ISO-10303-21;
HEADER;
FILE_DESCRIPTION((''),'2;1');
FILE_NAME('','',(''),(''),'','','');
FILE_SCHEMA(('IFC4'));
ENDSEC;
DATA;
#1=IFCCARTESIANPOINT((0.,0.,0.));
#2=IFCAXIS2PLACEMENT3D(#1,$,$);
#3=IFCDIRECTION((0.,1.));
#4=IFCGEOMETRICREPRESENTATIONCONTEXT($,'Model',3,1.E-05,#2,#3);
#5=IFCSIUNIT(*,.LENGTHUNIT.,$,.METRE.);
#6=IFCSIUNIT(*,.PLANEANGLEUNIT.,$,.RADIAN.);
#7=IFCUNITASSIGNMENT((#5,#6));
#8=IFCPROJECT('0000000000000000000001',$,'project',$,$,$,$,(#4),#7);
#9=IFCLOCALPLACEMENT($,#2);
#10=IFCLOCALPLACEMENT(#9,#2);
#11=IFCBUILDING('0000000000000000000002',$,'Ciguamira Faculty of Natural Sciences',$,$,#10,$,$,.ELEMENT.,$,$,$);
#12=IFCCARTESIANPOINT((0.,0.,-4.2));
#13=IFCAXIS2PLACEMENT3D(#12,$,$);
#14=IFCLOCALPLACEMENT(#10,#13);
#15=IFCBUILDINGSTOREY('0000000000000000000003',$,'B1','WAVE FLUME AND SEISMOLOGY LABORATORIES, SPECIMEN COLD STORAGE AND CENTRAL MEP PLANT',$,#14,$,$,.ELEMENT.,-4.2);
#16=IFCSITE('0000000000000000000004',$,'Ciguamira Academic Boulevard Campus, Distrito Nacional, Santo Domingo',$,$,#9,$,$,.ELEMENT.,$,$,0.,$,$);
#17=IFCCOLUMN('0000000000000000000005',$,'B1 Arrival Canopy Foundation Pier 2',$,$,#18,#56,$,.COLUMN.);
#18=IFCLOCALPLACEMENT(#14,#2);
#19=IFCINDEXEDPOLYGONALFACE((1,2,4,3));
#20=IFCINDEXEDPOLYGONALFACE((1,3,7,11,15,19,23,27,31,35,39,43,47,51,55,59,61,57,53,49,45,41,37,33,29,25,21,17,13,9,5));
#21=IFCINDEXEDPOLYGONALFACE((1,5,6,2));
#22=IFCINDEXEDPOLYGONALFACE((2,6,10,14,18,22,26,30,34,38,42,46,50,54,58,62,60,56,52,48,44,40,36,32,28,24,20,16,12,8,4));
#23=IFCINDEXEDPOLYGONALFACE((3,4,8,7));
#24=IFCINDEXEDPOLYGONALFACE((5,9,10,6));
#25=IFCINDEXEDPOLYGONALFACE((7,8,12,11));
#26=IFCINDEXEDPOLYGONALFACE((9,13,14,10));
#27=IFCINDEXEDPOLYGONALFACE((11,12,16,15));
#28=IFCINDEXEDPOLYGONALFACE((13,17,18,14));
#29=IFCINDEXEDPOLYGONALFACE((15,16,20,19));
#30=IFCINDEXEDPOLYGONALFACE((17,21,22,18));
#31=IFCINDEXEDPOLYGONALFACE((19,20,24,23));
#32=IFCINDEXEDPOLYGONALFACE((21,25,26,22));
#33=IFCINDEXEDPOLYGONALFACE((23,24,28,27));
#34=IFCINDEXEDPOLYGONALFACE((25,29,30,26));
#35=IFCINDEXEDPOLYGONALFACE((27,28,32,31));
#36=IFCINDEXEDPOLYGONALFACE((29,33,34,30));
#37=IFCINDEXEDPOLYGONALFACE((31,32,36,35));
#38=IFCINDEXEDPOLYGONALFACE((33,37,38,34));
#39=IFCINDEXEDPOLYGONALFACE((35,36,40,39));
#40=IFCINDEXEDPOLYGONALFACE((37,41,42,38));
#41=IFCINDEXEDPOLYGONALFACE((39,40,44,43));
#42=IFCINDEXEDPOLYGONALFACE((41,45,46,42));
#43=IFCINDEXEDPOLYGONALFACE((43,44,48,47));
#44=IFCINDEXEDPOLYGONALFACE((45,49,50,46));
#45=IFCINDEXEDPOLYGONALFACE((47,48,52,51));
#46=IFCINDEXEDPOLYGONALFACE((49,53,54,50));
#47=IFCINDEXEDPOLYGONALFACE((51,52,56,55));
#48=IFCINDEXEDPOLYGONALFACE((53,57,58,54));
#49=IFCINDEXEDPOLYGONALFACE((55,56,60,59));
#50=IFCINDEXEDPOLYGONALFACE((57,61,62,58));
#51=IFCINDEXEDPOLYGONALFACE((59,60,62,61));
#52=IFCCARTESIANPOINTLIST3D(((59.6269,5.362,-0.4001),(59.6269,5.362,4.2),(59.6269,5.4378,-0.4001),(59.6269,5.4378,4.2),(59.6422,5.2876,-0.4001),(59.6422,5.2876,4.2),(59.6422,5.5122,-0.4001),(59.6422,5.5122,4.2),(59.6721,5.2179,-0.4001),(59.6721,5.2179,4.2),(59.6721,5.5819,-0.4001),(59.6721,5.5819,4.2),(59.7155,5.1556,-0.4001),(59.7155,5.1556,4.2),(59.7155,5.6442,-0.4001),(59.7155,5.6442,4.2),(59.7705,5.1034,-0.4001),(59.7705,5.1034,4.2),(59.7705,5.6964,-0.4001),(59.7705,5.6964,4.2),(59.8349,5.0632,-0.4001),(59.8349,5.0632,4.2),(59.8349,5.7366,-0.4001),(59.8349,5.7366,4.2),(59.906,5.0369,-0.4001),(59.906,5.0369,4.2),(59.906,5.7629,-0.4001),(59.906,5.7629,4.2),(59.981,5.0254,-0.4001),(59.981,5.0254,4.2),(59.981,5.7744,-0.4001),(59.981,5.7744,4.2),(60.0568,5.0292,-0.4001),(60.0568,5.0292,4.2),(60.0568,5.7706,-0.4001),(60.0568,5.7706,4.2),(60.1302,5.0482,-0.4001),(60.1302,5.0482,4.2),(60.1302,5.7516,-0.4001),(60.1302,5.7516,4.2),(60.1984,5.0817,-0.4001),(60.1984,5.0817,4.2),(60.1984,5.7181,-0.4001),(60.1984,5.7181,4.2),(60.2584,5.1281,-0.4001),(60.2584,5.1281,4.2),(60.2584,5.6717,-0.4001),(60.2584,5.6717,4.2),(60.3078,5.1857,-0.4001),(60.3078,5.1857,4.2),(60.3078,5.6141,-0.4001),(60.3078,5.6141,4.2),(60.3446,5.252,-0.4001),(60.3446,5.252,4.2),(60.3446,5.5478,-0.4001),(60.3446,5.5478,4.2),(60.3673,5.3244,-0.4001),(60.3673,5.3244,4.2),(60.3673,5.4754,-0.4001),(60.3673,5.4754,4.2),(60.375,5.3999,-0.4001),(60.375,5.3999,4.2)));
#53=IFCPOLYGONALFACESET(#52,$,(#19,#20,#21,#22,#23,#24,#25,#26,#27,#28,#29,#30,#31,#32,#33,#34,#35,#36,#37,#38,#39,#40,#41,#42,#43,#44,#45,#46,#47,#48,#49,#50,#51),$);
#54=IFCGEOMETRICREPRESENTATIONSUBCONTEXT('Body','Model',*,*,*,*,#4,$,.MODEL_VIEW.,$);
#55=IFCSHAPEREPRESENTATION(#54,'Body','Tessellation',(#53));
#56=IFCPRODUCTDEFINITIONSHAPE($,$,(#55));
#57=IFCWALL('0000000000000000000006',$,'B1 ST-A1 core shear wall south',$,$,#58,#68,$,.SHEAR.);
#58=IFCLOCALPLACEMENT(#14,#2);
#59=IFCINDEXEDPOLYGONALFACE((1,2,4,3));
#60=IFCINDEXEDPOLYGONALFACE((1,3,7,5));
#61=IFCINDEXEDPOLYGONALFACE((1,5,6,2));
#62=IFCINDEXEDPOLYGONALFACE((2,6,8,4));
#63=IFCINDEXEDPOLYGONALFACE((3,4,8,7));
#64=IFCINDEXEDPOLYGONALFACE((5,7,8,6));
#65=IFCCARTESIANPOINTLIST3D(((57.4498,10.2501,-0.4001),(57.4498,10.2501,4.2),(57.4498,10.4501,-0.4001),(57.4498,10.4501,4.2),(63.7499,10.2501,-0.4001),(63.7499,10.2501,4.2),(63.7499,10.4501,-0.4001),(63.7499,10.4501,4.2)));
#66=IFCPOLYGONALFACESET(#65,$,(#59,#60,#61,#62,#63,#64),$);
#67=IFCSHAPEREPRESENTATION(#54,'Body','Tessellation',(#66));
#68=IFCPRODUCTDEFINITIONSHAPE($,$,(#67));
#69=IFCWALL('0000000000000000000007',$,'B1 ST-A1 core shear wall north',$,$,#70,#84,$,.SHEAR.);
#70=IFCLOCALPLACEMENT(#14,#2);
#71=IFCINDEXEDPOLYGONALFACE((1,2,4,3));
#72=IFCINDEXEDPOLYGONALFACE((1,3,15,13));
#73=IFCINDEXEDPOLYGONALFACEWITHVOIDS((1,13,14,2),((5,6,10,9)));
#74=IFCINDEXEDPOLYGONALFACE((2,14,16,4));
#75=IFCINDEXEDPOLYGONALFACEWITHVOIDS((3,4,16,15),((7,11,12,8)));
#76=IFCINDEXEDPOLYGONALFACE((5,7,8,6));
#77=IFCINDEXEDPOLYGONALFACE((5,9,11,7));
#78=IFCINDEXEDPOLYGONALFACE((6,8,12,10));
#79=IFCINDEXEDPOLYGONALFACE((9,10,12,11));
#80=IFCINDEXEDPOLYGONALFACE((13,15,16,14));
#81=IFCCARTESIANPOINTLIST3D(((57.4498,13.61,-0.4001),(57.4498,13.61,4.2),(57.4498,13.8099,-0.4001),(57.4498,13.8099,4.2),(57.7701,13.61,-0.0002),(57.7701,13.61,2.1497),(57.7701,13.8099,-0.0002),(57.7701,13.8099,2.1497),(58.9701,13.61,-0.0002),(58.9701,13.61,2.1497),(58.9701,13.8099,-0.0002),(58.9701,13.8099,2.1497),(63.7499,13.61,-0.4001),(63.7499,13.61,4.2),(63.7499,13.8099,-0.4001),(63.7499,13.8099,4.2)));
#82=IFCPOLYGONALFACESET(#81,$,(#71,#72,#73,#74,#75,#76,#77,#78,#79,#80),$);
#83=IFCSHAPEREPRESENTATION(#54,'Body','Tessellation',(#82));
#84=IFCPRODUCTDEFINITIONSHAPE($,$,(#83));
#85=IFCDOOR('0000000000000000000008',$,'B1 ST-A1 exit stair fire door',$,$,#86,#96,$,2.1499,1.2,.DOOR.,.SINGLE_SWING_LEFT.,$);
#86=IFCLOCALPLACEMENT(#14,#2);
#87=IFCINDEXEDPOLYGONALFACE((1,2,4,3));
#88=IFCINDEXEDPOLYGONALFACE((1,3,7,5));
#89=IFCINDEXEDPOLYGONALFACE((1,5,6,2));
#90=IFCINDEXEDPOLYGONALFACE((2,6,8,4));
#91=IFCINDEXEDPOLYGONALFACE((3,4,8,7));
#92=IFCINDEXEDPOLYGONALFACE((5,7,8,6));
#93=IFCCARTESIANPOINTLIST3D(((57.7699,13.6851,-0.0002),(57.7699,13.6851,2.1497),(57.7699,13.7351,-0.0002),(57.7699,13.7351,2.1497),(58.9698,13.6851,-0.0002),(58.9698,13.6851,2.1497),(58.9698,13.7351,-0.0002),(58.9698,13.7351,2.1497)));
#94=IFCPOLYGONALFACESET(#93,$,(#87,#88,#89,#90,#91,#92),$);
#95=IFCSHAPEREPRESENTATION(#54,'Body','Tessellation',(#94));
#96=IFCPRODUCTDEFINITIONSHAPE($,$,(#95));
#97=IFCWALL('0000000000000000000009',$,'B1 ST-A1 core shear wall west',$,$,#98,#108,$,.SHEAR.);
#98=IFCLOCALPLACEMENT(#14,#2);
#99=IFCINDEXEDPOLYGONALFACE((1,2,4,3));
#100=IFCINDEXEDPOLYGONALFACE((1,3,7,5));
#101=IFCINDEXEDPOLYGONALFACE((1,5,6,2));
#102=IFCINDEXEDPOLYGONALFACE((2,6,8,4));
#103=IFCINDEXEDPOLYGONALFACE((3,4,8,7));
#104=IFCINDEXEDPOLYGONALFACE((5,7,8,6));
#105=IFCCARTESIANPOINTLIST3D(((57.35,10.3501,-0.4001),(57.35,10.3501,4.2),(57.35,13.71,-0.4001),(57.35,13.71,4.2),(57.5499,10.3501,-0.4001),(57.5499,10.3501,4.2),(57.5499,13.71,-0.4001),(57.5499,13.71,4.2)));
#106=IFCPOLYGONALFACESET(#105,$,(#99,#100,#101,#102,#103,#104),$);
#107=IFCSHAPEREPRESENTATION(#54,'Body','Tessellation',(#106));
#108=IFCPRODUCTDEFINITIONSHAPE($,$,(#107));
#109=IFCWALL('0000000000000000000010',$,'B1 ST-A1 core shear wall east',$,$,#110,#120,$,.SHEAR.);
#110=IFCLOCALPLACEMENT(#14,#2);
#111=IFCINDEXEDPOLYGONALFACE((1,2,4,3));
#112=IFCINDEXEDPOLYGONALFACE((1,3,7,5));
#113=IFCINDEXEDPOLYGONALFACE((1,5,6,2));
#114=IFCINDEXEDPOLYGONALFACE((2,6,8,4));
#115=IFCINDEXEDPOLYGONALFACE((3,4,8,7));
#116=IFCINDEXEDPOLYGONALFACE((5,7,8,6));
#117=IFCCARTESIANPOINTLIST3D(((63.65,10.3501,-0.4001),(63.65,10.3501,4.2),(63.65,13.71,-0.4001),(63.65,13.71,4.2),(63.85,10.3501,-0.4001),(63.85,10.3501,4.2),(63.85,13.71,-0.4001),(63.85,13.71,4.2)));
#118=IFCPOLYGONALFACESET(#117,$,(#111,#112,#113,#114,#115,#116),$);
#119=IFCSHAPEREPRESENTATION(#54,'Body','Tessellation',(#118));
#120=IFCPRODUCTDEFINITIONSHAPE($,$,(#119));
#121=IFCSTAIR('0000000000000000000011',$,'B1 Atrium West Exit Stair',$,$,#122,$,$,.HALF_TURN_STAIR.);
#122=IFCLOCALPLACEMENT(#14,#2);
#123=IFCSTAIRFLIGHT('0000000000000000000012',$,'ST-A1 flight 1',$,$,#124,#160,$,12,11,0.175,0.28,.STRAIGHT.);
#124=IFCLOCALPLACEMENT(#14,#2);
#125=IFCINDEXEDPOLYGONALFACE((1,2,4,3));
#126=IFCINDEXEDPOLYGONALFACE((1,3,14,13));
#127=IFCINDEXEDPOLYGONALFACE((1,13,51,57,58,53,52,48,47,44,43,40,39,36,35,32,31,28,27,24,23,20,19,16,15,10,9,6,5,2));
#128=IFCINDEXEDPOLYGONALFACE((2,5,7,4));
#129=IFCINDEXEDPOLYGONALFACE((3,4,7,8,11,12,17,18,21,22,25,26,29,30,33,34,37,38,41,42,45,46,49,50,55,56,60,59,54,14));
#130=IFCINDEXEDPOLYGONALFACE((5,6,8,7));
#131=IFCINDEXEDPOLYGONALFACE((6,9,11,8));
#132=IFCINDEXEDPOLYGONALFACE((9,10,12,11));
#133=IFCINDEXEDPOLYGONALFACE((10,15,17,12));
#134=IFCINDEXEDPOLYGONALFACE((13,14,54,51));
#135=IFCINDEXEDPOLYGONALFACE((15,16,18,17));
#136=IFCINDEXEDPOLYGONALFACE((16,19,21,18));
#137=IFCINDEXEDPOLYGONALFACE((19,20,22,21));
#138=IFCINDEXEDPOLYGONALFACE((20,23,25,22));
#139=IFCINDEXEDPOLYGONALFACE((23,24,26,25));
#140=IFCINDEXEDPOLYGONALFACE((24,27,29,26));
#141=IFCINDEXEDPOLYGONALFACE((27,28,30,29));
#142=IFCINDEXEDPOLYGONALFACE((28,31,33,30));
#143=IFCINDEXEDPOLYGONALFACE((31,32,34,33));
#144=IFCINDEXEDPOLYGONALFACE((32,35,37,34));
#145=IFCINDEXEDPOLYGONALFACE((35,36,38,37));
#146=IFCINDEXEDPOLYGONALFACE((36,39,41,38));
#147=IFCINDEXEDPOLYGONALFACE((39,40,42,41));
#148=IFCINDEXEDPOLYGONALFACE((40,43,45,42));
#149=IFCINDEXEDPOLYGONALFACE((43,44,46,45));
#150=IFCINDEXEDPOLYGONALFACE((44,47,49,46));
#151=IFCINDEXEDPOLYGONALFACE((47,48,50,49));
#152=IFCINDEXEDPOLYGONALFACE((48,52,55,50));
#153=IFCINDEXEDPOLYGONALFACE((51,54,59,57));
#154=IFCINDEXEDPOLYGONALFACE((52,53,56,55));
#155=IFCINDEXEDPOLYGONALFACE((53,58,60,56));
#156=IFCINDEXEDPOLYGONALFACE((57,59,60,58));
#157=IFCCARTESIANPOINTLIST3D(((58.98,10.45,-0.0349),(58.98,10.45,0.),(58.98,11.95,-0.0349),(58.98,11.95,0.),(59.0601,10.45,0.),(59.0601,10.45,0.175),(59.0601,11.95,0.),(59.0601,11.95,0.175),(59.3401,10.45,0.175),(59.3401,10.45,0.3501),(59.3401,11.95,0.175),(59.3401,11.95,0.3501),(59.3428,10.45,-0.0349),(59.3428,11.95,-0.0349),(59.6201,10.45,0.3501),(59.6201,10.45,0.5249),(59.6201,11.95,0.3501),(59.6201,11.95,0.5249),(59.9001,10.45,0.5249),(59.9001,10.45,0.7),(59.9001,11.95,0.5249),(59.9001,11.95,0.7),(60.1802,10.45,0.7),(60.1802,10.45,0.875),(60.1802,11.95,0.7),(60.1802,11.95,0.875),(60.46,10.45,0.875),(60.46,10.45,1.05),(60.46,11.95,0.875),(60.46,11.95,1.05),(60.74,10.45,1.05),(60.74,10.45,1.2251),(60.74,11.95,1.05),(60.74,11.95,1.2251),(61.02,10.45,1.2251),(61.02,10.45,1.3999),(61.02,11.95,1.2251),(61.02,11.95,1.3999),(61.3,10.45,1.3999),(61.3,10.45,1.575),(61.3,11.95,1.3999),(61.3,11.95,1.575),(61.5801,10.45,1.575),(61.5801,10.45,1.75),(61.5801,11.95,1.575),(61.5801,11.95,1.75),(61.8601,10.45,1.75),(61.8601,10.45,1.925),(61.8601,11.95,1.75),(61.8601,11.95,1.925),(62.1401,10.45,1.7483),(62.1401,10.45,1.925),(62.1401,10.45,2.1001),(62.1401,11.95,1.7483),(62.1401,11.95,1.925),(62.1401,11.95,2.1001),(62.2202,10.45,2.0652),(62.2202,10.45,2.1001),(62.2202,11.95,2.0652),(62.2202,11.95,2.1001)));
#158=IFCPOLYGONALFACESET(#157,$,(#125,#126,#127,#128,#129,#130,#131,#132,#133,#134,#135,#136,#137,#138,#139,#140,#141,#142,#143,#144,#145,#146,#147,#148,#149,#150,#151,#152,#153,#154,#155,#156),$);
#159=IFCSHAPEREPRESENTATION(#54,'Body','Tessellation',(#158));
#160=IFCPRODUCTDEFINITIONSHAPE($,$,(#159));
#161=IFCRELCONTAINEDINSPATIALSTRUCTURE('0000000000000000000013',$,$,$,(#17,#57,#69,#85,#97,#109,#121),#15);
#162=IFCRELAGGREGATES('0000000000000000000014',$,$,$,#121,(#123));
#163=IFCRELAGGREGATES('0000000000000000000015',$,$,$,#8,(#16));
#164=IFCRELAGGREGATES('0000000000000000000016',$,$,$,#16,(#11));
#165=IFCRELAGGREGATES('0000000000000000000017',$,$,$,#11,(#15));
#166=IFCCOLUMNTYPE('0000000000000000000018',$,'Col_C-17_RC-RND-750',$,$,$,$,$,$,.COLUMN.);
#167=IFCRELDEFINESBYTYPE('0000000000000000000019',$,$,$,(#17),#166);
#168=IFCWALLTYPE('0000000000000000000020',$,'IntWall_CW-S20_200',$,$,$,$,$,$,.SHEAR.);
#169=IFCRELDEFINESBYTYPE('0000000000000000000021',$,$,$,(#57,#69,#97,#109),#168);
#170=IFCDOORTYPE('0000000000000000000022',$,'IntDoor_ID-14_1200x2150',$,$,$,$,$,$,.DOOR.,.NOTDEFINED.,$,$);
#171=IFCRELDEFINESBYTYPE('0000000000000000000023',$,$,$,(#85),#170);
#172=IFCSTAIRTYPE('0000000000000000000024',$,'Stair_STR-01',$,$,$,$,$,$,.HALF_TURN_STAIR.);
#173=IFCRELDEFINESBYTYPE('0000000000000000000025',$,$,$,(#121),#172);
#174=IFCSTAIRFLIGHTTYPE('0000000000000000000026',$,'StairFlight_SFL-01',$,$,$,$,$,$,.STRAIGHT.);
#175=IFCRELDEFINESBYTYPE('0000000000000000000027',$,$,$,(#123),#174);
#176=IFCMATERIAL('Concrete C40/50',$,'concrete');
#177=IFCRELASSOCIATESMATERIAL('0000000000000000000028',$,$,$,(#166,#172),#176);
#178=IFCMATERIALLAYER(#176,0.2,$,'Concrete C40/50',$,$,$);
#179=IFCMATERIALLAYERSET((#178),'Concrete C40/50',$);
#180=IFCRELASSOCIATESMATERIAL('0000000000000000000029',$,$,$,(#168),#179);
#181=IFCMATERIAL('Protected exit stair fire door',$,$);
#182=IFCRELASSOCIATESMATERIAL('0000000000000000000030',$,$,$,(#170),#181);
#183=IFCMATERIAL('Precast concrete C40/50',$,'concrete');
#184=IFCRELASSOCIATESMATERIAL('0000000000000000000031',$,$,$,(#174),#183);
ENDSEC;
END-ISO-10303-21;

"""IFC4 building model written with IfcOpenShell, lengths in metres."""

from ifc_helpers import new_model, si_unit, direction, frame, frame_2d, origin, origin_2d, place, context, subcontext, project, spatial, polyline, rectangle, circle, outline, extrude, material, layer, layer_set, material_profile, profile_set, type_object, element, fill, aggregate, save


model = new_model("IFC4")

# Units and contexts
model_context = context("Model", 3, precision=1e-05, world=origin(), true_north=direction((0.0, 1.0)))
body_context = subcontext(model_context, "Body", "Model", "MODEL_VIEW")
ifc_project = project(units=[si_unit("LENGTHUNIT", "METRE"), si_unit("PLANEANGLEUNIT", "RADIAN")], contexts=[model_context])

# Site, building, storey
site_placement = place(None, origin())
site = spatial("IfcSite", under=ifc_project, at=site_placement, Name="Ciguamira Academic Boulevard Campus, Distrito Nacional, Santo Domingo", CompositionType="ELEMENT", RefElevation=0.0)
building_placement = place(site_placement, origin())
building = spatial("IfcBuilding", under=site, at=building_placement, Name="Ciguamira Faculty of Natural Sciences", CompositionType="ELEMENT")
storey_placement = place(building_placement, frame((0.0, 0.0, -4.2)))
storey = spatial("IfcBuildingStorey", under=building, at=storey_placement, Name="B1", Description="WAVE FLUME AND SEISMOLOGY LABORATORIES, SPECIMEN COLD STORAGE AND CENTRAL MEP PLANT", CompositionType="ELEMENT", Elevation=-4.2)

# Column
ifc_material_1 = material(Name="Concrete C40/50", Category="concrete")
ifc_material_profile_1 = material_profile(ifc_material_1, circle(Radius=0.375, at=origin_2d()), Name="RC-RND-750")
ifc_profile_set_1 = profile_set([ifc_material_profile_1], Name="Concrete C40/50")
column_type_1 = type_object("IfcColumnType", Name="Col_C-17_RC-RND-750", PredefinedType="COLUMN", material=ifc_profile_set_1)
column_1_placement = place(storey_placement, frame((60.0, 5.3999, -0.4001), z_axis=(0.0, 0.0, 1.0), x_axis=(1.0, 0.0, 0.0)))
element("IfcColumn", 1, at=column_1_placement, inside=storey, type_object=column_type_1, Name="B1 Arrival Canopy Foundation Pier 2", PredefinedType="COLUMN", context=body_context, shape_type="SweptSolid", body=[
    extrude(circle(Radius=0.375, at=origin_2d()), origin(), (0.0, 0.0, 1.0), 4.6001),
])

# Wall
ifc_layer = layer(ifc_material_1, 0.2, Name="Concrete C40/50")
ifc_layer_set = layer_set([ifc_layer], Name="Concrete C40/50")
wall_type = type_object("IfcWallType", Name="IntWall_CW-S20_200", PredefinedType="SHEAR", material=ifc_layer_set)
wall_1_placement = place(storey_placement, frame((57.45, 10.3501, -0.4001), z_axis=(0.0, 0.0, 1.0), x_axis=(1.0, 0.0, 0.0)))
element("IfcWall", 2, at=wall_1_placement, inside=storey, type_object=wall_type, Name="B1 ST-A1 core shear wall south", PredefinedType="SHEAR", context=body_context, shape_type="SweptSolid", body=[
    extrude(rectangle(XDim=6.3, YDim=0.2, at=frame_2d((3.1499, 0.0))), origin(), (0.0, 0.0, 1.0), 4.6001),
])

# Wall, opening, door
wall_2_placement = place(storey_placement, frame((57.45, 13.71, -0.4001), z_axis=(0.0, 0.0, 1.0), x_axis=(1.0, 0.0, 0.0)))
wall_2 = element("IfcWall", 3, at=wall_2_placement, inside=storey, type_object=wall_type, Name="B1 ST-A1 core shear wall north", PredefinedType="SHEAR", context=body_context, shape_type="SweptSolid", body=[
    extrude(rectangle(XDim=6.3, YDim=0.2, at=frame_2d((3.1499, 0.0))), origin(), (0.0, 0.0, 1.0), 4.6001),
])
opening_placement = place(wall_2_placement, frame((0.3201, 0.0, 0.3999)))
opening = element("IfcOpeningElement", 4, at=opening_placement, cuts=wall_2, PredefinedType="OPENING", context=body_context, shape_type="SweptSolid", body=[
    extrude(rectangle(XDim=1.2, YDim=2.1499, at=frame_2d((0.6001, 1.075))), frame((0.0, 0.1099, 0.0), z_axis=(0.0, -1.0, 0.0), x_axis=(1.0, 0.0, 0.0)), (0.0, 0.0, 1.0), 0.22),
])
ifc_material_2 = material(Name="Protected exit stair fire door")
door_type = type_object("IfcDoorType", Name="IntDoor_ID-14_1200x2150", OperationType="NOTDEFINED", PredefinedType="DOOR", material=ifc_material_2)
door_placement = place(opening_placement, frame((1.2, 0.0, 0.0), z_axis=(0.0, 0.0, 1.0), x_axis=(-1.0, 0.0, 0.0)))
door = element("IfcDoor", 5, at=door_placement, inside=storey, type_object=door_type, Name="B1 ST-A1 exit stair fire door", OperationType="SINGLE_SWING_LEFT", OverallHeight=2.1499, OverallWidth=1.2, PredefinedType="DOOR", context=body_context, shape_type="SweptSolid", body=[
    extrude(rectangle(XDim=1.2, YDim=2.1499, at=frame_2d((0.6001, 1.075))), frame((0.0, 0.0249, 0.0), z_axis=(0.0, -1.0, 0.0), x_axis=(1.0, 0.0, 0.0)), (0.0, 0.0, 1.0), 0.05),
])
fill(opening, door)

# Walls
for number, where, z_axis, x_axis, name in (
    (6, (57.45, 10.3501, -0.4001), (0.0, 0.0, 1.0), (0.0, 1.0, 0.0), "B1 ST-A1 core shear wall west"),
    (7, (63.75, 10.3501, -0.4001), (0.0, 0.0, 1.0), (0.0, 1.0, 0.0), "B1 ST-A1 core shear wall east"),
):
    element("IfcWall", number, at=place(storey_placement, frame(where, z_axis=z_axis, x_axis=x_axis)), inside=storey, type_object=wall_type, Name=name, PredefinedType="SHEAR", context=body_context, shape_type="SweptSolid", body=[
        extrude(rectangle(XDim=3.3599, YDim=0.2, at=frame_2d((1.6799, 0.0))), origin(), (0.0, 0.0, 1.0), 4.6001),
    ])

# Stair, stair flight
stair_type = type_object("IfcStairType", Name="Stair_STR-01", PredefinedType="HALF_TURN_STAIR", material=ifc_material_1)
stair_placement = place(storey_placement, origin())
stair = element("IfcStair", 8, at=stair_placement, inside=storey, type_object=stair_type, Name="B1 Atrium West Exit Stair", PredefinedType="HALF_TURN_STAIR")
ifc_material_3 = material(Name="Precast concrete C40/50", Category="concrete")
stair_flight_type = type_object("IfcStairFlightType", Name="StairFlight_SFL-01", PredefinedType="STRAIGHT", material=ifc_material_3)
stair_flight_1_placement = place(storey_placement, frame((59.0601, 11.2, 0.0), z_axis=(0.0, 0.0, 1.0), x_axis=(1.0, 0.0, 0.0)))
stair_flight_1 = element("IfcStairFlight", 9, at=stair_flight_1_placement, type_object=stair_flight_type, Name="ST-A1 flight 1", NumberOfRisers=12, NumberOfTreads=11, PredefinedType="STRAIGHT", RiserHeight=0.175, TreadLength=0.28, context=body_context, shape_type="SweptSolid", body=[
    extrude(outline(polyline([(-0.0801, -0.0349), (-0.0801, 0.0), (0.0, 0.0), (0.0, 0.175), (0.28, 0.175), (0.28, 0.3501), (0.5601, 0.3501), (0.5601, 0.5249), (0.8401, 0.5249), (0.8401, 0.7), (1.1201, 0.7), (1.1201, 0.875), (1.3999, 0.875), (1.3999, 1.05), (1.6799, 1.05), (1.6799, 1.2251), (1.96, 1.2251), (1.96, 1.3999), (2.24, 1.3999), (2.24, 1.575), (2.52, 1.575), (2.52, 1.75), (2.8, 1.75), (2.8, 1.925), (3.0801, 1.925), (3.0801, 2.1001), (3.1602, 2.1001), (3.1602, 2.0652), (3.0801, 1.7483), (0.2827, -0.0349), (-0.0801, -0.0349)])), frame((0.0, 0.75, 0.0), z_axis=(0.0, -1.0, 0.0), x_axis=(1.0, 0.0, 0.0)), (0.0, 0.0, 1.0), 1.5),
])
aggregate(stair, [stair_flight_1])

save(model, "model.ifc")
